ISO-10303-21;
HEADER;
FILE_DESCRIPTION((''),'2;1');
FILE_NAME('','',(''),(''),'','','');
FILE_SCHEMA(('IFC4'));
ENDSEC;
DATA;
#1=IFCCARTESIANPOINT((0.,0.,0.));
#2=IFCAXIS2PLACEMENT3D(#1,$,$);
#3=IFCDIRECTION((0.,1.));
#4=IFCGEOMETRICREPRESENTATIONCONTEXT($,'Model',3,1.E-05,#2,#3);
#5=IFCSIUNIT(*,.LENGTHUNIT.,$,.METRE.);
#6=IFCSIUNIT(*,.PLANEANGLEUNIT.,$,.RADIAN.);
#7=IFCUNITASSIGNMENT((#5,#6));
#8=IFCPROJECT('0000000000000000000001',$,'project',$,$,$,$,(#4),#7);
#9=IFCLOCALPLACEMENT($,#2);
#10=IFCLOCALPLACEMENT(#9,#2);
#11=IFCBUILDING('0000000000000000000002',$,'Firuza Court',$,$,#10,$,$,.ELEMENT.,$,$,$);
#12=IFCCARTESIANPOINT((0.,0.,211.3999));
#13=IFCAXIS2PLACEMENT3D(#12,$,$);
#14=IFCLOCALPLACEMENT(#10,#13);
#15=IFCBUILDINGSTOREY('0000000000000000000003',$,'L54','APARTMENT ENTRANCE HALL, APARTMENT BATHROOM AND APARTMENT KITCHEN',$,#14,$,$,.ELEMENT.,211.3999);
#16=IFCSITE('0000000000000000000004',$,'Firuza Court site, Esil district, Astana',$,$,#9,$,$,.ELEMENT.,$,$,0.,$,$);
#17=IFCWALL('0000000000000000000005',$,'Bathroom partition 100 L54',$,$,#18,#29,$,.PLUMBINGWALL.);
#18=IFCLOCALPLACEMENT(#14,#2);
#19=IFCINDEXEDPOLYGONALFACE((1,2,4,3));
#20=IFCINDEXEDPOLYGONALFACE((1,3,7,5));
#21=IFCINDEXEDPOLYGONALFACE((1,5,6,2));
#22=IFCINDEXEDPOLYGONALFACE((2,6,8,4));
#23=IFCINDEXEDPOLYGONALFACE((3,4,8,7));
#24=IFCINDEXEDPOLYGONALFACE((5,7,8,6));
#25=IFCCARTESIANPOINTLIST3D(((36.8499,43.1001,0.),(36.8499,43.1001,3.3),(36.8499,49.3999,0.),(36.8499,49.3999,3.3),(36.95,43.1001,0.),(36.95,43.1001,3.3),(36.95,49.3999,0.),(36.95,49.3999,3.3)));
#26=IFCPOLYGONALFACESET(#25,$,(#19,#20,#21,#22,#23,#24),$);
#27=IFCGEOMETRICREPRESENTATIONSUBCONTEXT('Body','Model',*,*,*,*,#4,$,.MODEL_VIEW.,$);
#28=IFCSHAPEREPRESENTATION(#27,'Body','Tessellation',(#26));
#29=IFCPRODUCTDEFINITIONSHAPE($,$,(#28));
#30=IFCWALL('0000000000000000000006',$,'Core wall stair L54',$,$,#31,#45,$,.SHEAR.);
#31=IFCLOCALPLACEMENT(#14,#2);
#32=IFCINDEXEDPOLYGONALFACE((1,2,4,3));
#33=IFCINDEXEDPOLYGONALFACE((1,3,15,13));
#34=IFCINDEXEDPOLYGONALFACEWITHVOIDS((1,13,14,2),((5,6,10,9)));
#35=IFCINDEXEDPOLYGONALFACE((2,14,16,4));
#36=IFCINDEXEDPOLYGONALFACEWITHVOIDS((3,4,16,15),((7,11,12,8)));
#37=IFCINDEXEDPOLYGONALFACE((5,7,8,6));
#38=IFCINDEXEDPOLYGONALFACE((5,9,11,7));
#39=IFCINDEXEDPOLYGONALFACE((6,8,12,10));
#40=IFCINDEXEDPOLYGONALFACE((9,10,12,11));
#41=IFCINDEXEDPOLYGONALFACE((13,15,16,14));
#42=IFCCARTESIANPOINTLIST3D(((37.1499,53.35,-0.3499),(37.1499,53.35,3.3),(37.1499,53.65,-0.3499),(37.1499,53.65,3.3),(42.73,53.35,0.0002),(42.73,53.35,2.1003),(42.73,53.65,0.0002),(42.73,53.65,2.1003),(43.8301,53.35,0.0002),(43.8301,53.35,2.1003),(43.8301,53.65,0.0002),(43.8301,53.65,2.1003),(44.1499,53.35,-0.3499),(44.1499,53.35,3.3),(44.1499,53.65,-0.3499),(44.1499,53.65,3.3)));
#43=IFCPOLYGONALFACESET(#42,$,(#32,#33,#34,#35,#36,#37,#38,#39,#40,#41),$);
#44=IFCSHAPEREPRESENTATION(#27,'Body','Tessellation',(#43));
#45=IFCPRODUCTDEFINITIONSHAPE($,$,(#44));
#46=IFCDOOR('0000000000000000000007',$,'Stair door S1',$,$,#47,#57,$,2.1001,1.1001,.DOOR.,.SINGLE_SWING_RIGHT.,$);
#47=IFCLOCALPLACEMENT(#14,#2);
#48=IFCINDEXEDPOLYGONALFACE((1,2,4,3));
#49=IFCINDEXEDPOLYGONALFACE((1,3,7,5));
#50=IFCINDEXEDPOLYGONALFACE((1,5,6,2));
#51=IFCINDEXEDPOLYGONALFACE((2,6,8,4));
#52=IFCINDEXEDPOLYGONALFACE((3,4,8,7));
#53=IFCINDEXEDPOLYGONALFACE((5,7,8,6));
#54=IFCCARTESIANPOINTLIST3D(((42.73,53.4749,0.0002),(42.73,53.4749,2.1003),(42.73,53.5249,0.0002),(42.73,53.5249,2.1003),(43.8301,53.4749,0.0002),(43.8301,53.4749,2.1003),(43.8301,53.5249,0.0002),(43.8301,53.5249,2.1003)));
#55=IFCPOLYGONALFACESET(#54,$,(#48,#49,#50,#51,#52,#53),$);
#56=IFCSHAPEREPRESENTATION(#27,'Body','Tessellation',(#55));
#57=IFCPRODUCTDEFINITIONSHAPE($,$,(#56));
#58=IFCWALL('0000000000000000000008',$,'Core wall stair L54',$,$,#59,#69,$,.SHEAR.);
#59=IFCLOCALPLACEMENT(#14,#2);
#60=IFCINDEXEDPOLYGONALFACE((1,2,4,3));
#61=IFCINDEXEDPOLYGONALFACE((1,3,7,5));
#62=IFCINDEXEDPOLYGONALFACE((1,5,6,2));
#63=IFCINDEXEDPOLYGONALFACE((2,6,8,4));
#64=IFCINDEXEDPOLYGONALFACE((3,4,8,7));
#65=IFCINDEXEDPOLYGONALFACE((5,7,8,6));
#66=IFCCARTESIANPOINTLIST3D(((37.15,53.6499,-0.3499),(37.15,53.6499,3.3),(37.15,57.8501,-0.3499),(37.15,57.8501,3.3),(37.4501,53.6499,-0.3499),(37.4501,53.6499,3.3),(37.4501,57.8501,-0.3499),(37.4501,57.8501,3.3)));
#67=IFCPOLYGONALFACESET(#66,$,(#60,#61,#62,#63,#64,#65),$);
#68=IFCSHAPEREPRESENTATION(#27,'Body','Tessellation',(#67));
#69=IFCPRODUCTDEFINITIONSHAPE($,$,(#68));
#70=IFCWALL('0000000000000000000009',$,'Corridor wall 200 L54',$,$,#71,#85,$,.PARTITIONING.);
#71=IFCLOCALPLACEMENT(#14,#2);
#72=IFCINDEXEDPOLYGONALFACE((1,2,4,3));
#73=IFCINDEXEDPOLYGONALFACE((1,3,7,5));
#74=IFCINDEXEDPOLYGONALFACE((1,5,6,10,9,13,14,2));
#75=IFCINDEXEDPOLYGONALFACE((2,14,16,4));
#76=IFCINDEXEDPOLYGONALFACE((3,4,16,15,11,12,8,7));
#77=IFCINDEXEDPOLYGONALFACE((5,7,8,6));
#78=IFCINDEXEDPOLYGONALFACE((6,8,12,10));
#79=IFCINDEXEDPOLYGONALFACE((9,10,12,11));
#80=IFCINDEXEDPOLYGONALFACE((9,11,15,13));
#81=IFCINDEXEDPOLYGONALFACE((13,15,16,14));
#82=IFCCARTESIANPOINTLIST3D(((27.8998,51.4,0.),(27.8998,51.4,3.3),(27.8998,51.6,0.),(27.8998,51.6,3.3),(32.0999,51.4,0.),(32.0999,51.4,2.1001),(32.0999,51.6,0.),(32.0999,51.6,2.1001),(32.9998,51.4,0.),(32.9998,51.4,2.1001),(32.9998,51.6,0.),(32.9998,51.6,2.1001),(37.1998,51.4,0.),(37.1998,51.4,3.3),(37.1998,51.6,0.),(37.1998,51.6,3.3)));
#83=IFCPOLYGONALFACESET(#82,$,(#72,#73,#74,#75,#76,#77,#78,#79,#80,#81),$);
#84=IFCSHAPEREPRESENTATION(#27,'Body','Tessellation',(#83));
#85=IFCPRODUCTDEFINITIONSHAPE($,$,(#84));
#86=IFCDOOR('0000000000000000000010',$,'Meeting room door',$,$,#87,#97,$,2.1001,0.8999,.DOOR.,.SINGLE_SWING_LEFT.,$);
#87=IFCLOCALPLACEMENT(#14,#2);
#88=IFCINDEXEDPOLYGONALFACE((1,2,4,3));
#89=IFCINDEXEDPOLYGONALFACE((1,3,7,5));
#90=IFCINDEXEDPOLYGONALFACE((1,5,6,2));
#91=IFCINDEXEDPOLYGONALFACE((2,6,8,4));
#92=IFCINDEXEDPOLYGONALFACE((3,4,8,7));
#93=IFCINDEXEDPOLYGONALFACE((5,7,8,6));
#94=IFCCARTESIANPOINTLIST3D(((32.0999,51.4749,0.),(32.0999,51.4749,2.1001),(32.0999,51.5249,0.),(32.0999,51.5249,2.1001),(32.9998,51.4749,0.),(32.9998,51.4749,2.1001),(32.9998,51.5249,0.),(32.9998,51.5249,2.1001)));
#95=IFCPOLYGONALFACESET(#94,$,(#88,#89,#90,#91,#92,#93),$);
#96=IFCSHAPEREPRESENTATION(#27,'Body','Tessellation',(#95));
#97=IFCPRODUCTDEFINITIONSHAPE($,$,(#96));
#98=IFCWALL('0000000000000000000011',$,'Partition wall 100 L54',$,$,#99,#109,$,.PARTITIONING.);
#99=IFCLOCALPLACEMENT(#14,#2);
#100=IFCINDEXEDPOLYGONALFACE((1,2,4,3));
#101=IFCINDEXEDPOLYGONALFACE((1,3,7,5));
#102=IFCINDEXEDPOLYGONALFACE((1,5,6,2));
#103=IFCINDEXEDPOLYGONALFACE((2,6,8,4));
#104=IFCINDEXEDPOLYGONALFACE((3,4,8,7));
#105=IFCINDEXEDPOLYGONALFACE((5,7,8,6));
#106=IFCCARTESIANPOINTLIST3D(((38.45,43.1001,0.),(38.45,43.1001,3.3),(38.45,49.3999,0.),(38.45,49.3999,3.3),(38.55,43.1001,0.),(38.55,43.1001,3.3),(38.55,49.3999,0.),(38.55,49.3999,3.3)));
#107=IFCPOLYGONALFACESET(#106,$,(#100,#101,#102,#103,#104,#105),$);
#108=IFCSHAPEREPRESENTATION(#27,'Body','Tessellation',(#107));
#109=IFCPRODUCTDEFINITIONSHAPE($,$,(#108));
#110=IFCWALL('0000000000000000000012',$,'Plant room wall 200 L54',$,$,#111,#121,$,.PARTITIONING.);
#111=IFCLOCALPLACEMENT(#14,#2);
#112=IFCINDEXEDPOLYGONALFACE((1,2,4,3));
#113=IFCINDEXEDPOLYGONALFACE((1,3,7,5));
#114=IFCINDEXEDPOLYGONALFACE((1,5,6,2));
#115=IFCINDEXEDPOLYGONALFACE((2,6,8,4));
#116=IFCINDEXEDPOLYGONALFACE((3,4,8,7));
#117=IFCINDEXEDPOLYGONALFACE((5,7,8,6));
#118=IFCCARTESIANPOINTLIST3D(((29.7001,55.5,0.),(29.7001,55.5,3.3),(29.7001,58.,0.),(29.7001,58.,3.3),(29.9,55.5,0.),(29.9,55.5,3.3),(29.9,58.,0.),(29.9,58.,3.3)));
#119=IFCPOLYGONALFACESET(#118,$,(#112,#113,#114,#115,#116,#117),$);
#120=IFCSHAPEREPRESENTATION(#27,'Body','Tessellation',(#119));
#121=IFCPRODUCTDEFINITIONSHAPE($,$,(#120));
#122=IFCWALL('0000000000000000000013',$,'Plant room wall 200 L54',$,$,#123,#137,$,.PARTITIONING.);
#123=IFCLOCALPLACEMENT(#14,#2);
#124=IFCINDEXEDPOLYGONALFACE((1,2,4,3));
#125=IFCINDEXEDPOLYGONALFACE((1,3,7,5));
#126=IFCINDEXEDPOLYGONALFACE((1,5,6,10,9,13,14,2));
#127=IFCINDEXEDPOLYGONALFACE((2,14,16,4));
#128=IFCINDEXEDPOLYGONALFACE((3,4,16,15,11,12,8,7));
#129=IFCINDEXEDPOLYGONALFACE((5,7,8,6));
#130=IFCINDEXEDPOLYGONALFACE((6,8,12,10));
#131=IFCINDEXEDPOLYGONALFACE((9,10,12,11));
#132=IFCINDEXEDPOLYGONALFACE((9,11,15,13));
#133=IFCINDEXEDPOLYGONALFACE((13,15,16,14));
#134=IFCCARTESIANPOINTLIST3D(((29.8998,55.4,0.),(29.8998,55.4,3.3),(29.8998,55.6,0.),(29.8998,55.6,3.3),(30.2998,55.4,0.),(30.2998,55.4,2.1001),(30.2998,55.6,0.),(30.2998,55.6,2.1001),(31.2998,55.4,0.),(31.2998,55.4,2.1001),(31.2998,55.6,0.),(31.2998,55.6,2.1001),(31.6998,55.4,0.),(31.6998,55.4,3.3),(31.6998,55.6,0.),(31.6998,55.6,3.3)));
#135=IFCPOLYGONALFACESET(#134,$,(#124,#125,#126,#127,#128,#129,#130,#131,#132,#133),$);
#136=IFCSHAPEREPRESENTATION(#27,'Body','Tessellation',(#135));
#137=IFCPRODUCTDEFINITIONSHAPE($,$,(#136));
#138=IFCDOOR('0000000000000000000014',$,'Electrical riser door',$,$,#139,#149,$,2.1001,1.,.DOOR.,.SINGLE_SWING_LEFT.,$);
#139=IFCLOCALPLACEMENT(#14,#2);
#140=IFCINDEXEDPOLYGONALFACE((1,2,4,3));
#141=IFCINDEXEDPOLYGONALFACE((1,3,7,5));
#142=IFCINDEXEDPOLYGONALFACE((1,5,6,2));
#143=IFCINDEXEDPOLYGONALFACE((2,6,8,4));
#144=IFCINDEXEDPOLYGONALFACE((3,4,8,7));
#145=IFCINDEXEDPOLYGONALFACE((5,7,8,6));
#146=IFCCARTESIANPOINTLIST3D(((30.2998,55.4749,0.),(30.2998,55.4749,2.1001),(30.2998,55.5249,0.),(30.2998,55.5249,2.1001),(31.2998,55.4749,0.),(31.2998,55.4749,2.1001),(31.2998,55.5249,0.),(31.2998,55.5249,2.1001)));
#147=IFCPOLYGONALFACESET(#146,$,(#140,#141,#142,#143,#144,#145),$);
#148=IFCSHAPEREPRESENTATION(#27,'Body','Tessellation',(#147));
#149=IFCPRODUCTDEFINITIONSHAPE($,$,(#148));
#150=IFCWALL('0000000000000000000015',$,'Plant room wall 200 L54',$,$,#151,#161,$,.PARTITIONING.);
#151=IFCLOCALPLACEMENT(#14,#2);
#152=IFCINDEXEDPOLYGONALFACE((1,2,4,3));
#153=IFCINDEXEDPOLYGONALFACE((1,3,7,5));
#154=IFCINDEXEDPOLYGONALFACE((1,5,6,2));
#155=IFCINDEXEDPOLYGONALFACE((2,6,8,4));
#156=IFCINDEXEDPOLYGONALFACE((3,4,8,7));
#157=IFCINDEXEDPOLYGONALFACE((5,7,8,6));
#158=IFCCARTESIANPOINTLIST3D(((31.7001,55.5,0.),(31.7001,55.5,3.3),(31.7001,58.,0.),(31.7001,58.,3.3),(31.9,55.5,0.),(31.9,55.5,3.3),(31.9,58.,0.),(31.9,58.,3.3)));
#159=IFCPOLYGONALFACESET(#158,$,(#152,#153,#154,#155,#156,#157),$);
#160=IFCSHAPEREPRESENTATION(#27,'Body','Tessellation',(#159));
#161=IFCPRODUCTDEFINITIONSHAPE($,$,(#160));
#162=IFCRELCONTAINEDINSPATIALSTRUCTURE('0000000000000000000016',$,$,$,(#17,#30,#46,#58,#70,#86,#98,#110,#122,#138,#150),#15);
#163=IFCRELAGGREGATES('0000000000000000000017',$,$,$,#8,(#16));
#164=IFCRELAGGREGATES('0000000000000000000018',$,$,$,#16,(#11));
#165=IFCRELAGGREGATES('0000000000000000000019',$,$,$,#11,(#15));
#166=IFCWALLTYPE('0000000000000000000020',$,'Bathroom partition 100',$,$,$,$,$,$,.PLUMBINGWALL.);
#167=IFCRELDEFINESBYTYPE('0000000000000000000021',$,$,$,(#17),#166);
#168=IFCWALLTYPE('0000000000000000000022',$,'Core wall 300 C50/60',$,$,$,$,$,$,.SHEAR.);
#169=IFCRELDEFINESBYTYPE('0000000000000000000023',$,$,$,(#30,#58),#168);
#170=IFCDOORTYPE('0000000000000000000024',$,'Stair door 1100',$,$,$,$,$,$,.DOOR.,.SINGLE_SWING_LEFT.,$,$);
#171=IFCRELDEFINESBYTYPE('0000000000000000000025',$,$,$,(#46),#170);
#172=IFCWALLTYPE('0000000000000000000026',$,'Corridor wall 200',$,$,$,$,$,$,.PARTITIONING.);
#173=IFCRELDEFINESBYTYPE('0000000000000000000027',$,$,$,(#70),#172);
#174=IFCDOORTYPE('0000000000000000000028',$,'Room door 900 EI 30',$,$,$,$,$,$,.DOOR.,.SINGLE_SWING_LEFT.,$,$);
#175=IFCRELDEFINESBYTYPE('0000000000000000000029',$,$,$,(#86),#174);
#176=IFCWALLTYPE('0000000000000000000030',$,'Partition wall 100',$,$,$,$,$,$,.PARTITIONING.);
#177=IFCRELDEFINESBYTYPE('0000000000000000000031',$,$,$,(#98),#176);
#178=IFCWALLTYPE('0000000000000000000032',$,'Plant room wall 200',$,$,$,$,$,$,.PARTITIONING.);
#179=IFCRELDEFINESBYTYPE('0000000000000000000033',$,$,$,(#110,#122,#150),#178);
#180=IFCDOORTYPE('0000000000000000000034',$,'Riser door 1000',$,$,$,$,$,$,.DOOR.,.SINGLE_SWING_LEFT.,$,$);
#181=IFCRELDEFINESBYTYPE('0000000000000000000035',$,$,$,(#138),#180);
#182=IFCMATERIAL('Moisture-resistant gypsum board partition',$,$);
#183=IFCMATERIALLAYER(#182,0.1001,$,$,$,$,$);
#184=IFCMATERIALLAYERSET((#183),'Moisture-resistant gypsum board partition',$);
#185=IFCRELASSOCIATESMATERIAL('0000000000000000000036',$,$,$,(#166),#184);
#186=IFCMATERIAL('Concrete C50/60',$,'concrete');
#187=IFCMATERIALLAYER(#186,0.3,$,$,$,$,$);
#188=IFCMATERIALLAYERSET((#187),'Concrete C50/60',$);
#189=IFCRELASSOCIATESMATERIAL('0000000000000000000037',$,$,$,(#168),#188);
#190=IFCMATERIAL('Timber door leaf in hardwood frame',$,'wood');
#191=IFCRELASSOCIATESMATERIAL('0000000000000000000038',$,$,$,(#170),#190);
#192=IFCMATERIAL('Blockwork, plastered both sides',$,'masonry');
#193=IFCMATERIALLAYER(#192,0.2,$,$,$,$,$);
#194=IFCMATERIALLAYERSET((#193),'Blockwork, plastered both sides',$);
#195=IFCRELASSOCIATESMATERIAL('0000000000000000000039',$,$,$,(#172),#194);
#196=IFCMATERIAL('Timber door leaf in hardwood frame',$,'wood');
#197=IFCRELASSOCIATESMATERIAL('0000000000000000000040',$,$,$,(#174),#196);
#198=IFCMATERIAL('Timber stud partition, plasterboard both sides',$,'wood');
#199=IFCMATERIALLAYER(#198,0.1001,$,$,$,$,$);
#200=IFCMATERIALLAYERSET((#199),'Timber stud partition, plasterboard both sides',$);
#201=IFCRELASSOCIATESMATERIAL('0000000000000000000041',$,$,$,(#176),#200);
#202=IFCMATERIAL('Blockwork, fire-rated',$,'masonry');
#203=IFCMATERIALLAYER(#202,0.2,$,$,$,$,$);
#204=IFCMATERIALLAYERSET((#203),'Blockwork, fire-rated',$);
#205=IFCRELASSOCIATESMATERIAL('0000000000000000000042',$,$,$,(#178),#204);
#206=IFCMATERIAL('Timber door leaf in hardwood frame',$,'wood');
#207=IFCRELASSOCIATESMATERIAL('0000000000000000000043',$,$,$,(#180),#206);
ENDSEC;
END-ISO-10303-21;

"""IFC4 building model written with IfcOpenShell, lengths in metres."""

from ifc_helpers import new_model, si_unit, direction, frame, frame_2d, origin, place, context, subcontext, project, spatial, rectangle, extrude, material, layer, layer_set, type_object, element, fill, save


model = new_model("IFC4")

# Units and contexts
model_context = context("Model", 3, precision=1e-05, world=origin(), true_north=direction((0.0, 1.0)))
body_context = subcontext(model_context, "Body", "Model", "MODEL_VIEW")
ifc_project = project(units=[si_unit("LENGTHUNIT", "METRE"), si_unit("PLANEANGLEUNIT", "RADIAN")], contexts=[model_context])

# Site, building, storey
site_placement = place(None, origin())
site = spatial("IfcSite", under=ifc_project, at=site_placement, Name="Firuza Court site, Esil district, Astana", CompositionType="ELEMENT", RefElevation=0.0)
building_placement = place(site_placement, origin())
building = spatial("IfcBuilding", under=site, at=building_placement, Name="Firuza Court", CompositionType="ELEMENT")
storey_placement = place(building_placement, frame((0.0, 0.0, 211.3999)))
storey = spatial("IfcBuildingStorey", under=building, at=storey_placement, Name="L54", Description="APARTMENT ENTRANCE HALL, APARTMENT BATHROOM AND APARTMENT KITCHEN", CompositionType="ELEMENT", Elevation=211.3999)

# Wall
ifc_material_1 = material(Name="Moisture-resistant gypsum board partition")
ifc_layer_1 = layer(ifc_material_1, 0.1001)
ifc_layer_set_1 = layer_set([ifc_layer_1], Name="Moisture-resistant gypsum board partition")
wall_type_1 = type_object("IfcWallType", Name="Bathroom partition 100", PredefinedType="PLUMBINGWALL", material=ifc_layer_set_1)
wall_1_placement = place(storey_placement, frame((36.8999, 43.1001, 0.0), z_axis=(0.0, 0.0, 1.0), x_axis=(0.0, 1.0, 0.0)))
element("IfcWall", 1, at=wall_1_placement, inside=storey, type_object=wall_type_1, Name="Bathroom partition 100 L54", PredefinedType="PLUMBINGWALL", context=body_context, shape_type="SweptSolid", body=[
    extrude(rectangle(XDim=6.2998, YDim=0.1001, at=frame_2d((3.1499, 0.0))), origin(), (0.0, 0.0, 1.0), 3.3),
])

# Wall, opening, door
ifc_material_2 = material(Name="Concrete C50/60", Category="concrete")
ifc_layer_2 = layer(ifc_material_2, 0.3)
ifc_layer_set_2 = layer_set([ifc_layer_2], Name="Concrete C50/60")
wall_type_2 = type_object("IfcWallType", Name="Core wall 300 C50/60", PredefinedType="SHEAR", material=ifc_layer_set_2)
wall_2_placement = place(storey_placement, frame((37.1499, 53.5, -0.3499), z_axis=(0.0, 0.0, 1.0), x_axis=(1.0, 0.0, 0.0)))
wall_2 = element("IfcWall", 2, at=wall_2_placement, inside=storey, type_object=wall_type_2, Name="Core wall stair L54", PredefinedType="SHEAR", context=body_context, shape_type="SweptSolid", body=[
    extrude(rectangle(XDim=7.0, YDim=0.3, at=frame_2d((3.5, 0.0))), origin(), (0.0, 0.0, 1.0), 3.6499),
])
opening_1_placement = place(wall_2_placement, frame((5.5801, 0.0, 0.3501)))
opening_1 = element("IfcOpeningElement", 3, at=opening_1_placement, cuts=wall_2, PredefinedType="OPENING", context=body_context, shape_type="SweptSolid", body=[
    extrude(rectangle(XDim=1.1001, YDim=2.1001, at=frame_2d((0.55, 1.05))), frame((0.0, 0.1621, 0.0), z_axis=(0.0, -1.0, 0.0), x_axis=(1.0, 0.0, 0.0)), (0.0, 0.0, 1.0), 0.324),
])
ifc_material_3 = material(Name="Timber door leaf in hardwood frame", Category="wood")
door_type_1 = type_object("IfcDoorType", Name="Stair door 1100", OperationType="SINGLE_SWING_LEFT", PredefinedType="DOOR", material=ifc_material_3)
door_1_placement = place(opening_1_placement, origin())
door_1 = element("IfcDoor", 4, at=door_1_placement, inside=storey, type_object=door_type_1, Name="Stair door S1", OperationType="SINGLE_SWING_RIGHT", OverallHeight=2.1001, OverallWidth=1.1001, PredefinedType="DOOR", context=body_context, shape_type="SweptSolid", body=[
    extrude(rectangle(XDim=1.1001, YDim=2.1001, at=frame_2d((0.55, 1.05))), frame((0.0, 0.0249, 0.0), z_axis=(0.0, -1.0, 0.0), x_axis=(1.0, 0.0, 0.0)), (0.0, 0.0, 1.0), 0.05),
])
fill(opening_1, door_1)

# Wall
wall_3_placement = place(storey_placement, frame((37.3, 53.6499, -0.3499), z_axis=(0.0, 0.0, 1.0), x_axis=(0.0, 1.0, 0.0)))
element("IfcWall", 5, at=wall_3_placement, inside=storey, type_object=wall_type_2, Name="Core wall stair L54", PredefinedType="SHEAR", context=body_context, shape_type="SweptSolid", body=[
    extrude(rectangle(XDim=4.2002, YDim=0.3, at=frame_2d((2.1001, 0.0))), origin(), (0.0, 0.0, 1.0), 3.6499),
])

# Wall, opening, door
ifc_material_4 = material(Name="Blockwork, plastered both sides", Category="masonry")
ifc_layer_3 = layer(ifc_material_4, 0.2)
ifc_layer_set_3 = layer_set([ifc_layer_3], Name="Blockwork, plastered both sides")
wall_type_3 = type_object("IfcWallType", Name="Corridor wall 200", PredefinedType="PARTITIONING", material=ifc_layer_set_3)
wall_4_placement = place(storey_placement, frame((27.8999, 51.5, 0.0), z_axis=(0.0, 0.0, 1.0), x_axis=(1.0, 0.0, 0.0)))
wall_4 = element("IfcWall", 6, at=wall_4_placement, inside=storey, type_object=wall_type_3, Name="Corridor wall 200 L54", PredefinedType="PARTITIONING", context=body_context, shape_type="SweptSolid", body=[
    extrude(rectangle(XDim=9.3, YDim=0.2, at=frame_2d((4.6499, 0.0))), origin(), (0.0, 0.0, 1.0), 3.3),
])
opening_2_placement = place(wall_4_placement, frame((4.2, 0.0, 0.0)))
opening_2 = element("IfcOpeningElement", 7, at=opening_2_placement, cuts=wall_4, PredefinedType="OPENING", context=body_context, shape_type="SweptSolid", body=[
    extrude(rectangle(XDim=0.8999, YDim=2.1001, at=frame_2d((0.45, 1.05))), frame((0.0, 0.1118, 0.0), z_axis=(0.0, -1.0, 0.0), x_axis=(1.0, 0.0, 0.0)), (0.0, 0.0, 1.0), 0.2239),
])
ifc_material_5 = material(Name="Timber door leaf in hardwood frame", Category="wood")
door_type_2 = type_object("IfcDoorType", Name="Room door 900 EI 30", OperationType="SINGLE_SWING_LEFT", PredefinedType="DOOR", material=ifc_material_5)
door_2_placement = place(opening_2_placement, origin())
door_2 = element("IfcDoor", 8, at=door_2_placement, inside=storey, type_object=door_type_2, Name="Meeting room door", OperationType="SINGLE_SWING_LEFT", OverallHeight=2.1001, OverallWidth=0.8999, PredefinedType="DOOR", context=body_context, shape_type="SweptSolid", body=[
    extrude(rectangle(XDim=0.8999, YDim=2.1001, at=frame_2d((0.45, 1.05))), frame((0.0, 0.0249, 0.0), z_axis=(0.0, -1.0, 0.0), x_axis=(1.0, 0.0, 0.0)), (0.0, 0.0, 1.0), 0.05),
])
fill(opening_2, door_2)

# Walls
ifc_material_6 = material(Name="Timber stud partition, plasterboard both sides", Category="wood")
ifc_layer_4 = layer(ifc_material_6, 0.1001)
ifc_layer_set_4 = layer_set([ifc_layer_4], Name="Timber stud partition, plasterboard both sides")
wall_type_4 = type_object("IfcWallType", Name="Partition wall 100", PredefinedType="PARTITIONING", material=ifc_layer_set_4)
wall_5_placement = place(storey_placement, frame((38.5, 43.1001, 0.0), z_axis=(0.0, 0.0, 1.0), x_axis=(0.0, 1.0, 0.0)))
element("IfcWall", 9, at=wall_5_placement, inside=storey, type_object=wall_type_4, Name="Partition wall 100 L54", PredefinedType="PARTITIONING", context=body_context, shape_type="SweptSolid", body=[
    extrude(rectangle(XDim=6.2998, YDim=0.1001, at=frame_2d((3.1499, 0.0))), origin(), (0.0, 0.0, 1.0), 3.3),
])
ifc_material_7 = material(Name="Blockwork, fire-rated", Category="masonry")
ifc_layer_5 = layer(ifc_material_7, 0.2)
ifc_layer_set_5 = layer_set([ifc_layer_5], Name="Blockwork, fire-rated")
wall_type_5 = type_object("IfcWallType", Name="Plant room wall 200", PredefinedType="PARTITIONING", material=ifc_layer_set_5)
wall_6_placement = place(storey_placement, frame((29.8, 55.5, 0.0), z_axis=(0.0, 0.0, 1.0), x_axis=(0.0, 1.0, 0.0)))
element("IfcWall", 10, at=wall_6_placement, inside=storey, type_object=wall_type_5, Name="Plant room wall 200 L54", PredefinedType="PARTITIONING", context=body_context, shape_type="SweptSolid", body=[
    extrude(rectangle(XDim=2.5, YDim=0.2, at=frame_2d((1.25, 0.0))), origin(), (0.0, 0.0, 1.0), 3.3),
])

# Wall, opening, door
wall_7_placement = place(storey_placement, frame((29.8999, 55.5, 0.0), z_axis=(0.0, 0.0, 1.0), x_axis=(1.0, 0.0, 0.0)))
wall_7 = element("IfcWall", 11, at=wall_7_placement, inside=storey, type_object=wall_type_5, Name="Plant room wall 200 L54", PredefinedType="PARTITIONING", context=body_context, shape_type="SweptSolid", body=[
    extrude(rectangle(XDim=1.8, YDim=0.2, at=frame_2d((0.8999, 0.0))), origin(), (0.0, 0.0, 1.0), 3.3),
])
opening_3_placement = place(wall_7_placement, frame((0.3999, 0.0, 0.0)))
opening_3 = element("IfcOpeningElement", 12, at=opening_3_placement, cuts=wall_7, PredefinedType="OPENING", context=body_context, shape_type="SweptSolid", body=[
    extrude(rectangle(XDim=1.0, YDim=2.1001, at=frame_2d((0.5, 1.05))), frame((0.0, 0.1118, 0.0), z_axis=(0.0, -1.0, 0.0), x_axis=(1.0, 0.0, 0.0)), (0.0, 0.0, 1.0), 0.2239),
])
ifc_material_8 = material(Name="Timber door leaf in hardwood frame", Category="wood")
door_type_3 = type_object("IfcDoorType", Name="Riser door 1000", OperationType="SINGLE_SWING_LEFT", PredefinedType="DOOR", material=ifc_material_8)
door_3_placement = place(opening_3_placement, origin())
door_3 = element("IfcDoor", 13, at=door_3_placement, inside=storey, type_object=door_type_3, Name="Electrical riser door", OperationType="SINGLE_SWING_LEFT", OverallHeight=2.1001, OverallWidth=1.0, PredefinedType="DOOR", context=body_context, shape_type="SweptSolid", body=[
    extrude(rectangle(XDim=1.0, YDim=2.1001, at=frame_2d((0.5, 1.05))), frame((0.0, 0.0249, 0.0), z_axis=(0.0, -1.0, 0.0), x_axis=(1.0, 0.0, 0.0)), (0.0, 0.0, 1.0), 0.05),
])
fill(opening_3, door_3)

# Wall
wall_8_placement = place(storey_placement, frame((31.8, 55.5, 0.0), z_axis=(0.0, 0.0, 1.0), x_axis=(0.0, 1.0, 0.0)))
element("IfcWall", 14, at=wall_8_placement, inside=storey, type_object=wall_type_5, Name="Plant room wall 200 L54", PredefinedType="PARTITIONING", context=body_context, shape_type="SweptSolid", body=[
    extrude(rectangle(XDim=2.5, YDim=0.2, at=frame_2d((1.25, 0.0))), origin(), (0.0, 0.0, 1.0), 3.3),
])

save(model, "model.ifc")
